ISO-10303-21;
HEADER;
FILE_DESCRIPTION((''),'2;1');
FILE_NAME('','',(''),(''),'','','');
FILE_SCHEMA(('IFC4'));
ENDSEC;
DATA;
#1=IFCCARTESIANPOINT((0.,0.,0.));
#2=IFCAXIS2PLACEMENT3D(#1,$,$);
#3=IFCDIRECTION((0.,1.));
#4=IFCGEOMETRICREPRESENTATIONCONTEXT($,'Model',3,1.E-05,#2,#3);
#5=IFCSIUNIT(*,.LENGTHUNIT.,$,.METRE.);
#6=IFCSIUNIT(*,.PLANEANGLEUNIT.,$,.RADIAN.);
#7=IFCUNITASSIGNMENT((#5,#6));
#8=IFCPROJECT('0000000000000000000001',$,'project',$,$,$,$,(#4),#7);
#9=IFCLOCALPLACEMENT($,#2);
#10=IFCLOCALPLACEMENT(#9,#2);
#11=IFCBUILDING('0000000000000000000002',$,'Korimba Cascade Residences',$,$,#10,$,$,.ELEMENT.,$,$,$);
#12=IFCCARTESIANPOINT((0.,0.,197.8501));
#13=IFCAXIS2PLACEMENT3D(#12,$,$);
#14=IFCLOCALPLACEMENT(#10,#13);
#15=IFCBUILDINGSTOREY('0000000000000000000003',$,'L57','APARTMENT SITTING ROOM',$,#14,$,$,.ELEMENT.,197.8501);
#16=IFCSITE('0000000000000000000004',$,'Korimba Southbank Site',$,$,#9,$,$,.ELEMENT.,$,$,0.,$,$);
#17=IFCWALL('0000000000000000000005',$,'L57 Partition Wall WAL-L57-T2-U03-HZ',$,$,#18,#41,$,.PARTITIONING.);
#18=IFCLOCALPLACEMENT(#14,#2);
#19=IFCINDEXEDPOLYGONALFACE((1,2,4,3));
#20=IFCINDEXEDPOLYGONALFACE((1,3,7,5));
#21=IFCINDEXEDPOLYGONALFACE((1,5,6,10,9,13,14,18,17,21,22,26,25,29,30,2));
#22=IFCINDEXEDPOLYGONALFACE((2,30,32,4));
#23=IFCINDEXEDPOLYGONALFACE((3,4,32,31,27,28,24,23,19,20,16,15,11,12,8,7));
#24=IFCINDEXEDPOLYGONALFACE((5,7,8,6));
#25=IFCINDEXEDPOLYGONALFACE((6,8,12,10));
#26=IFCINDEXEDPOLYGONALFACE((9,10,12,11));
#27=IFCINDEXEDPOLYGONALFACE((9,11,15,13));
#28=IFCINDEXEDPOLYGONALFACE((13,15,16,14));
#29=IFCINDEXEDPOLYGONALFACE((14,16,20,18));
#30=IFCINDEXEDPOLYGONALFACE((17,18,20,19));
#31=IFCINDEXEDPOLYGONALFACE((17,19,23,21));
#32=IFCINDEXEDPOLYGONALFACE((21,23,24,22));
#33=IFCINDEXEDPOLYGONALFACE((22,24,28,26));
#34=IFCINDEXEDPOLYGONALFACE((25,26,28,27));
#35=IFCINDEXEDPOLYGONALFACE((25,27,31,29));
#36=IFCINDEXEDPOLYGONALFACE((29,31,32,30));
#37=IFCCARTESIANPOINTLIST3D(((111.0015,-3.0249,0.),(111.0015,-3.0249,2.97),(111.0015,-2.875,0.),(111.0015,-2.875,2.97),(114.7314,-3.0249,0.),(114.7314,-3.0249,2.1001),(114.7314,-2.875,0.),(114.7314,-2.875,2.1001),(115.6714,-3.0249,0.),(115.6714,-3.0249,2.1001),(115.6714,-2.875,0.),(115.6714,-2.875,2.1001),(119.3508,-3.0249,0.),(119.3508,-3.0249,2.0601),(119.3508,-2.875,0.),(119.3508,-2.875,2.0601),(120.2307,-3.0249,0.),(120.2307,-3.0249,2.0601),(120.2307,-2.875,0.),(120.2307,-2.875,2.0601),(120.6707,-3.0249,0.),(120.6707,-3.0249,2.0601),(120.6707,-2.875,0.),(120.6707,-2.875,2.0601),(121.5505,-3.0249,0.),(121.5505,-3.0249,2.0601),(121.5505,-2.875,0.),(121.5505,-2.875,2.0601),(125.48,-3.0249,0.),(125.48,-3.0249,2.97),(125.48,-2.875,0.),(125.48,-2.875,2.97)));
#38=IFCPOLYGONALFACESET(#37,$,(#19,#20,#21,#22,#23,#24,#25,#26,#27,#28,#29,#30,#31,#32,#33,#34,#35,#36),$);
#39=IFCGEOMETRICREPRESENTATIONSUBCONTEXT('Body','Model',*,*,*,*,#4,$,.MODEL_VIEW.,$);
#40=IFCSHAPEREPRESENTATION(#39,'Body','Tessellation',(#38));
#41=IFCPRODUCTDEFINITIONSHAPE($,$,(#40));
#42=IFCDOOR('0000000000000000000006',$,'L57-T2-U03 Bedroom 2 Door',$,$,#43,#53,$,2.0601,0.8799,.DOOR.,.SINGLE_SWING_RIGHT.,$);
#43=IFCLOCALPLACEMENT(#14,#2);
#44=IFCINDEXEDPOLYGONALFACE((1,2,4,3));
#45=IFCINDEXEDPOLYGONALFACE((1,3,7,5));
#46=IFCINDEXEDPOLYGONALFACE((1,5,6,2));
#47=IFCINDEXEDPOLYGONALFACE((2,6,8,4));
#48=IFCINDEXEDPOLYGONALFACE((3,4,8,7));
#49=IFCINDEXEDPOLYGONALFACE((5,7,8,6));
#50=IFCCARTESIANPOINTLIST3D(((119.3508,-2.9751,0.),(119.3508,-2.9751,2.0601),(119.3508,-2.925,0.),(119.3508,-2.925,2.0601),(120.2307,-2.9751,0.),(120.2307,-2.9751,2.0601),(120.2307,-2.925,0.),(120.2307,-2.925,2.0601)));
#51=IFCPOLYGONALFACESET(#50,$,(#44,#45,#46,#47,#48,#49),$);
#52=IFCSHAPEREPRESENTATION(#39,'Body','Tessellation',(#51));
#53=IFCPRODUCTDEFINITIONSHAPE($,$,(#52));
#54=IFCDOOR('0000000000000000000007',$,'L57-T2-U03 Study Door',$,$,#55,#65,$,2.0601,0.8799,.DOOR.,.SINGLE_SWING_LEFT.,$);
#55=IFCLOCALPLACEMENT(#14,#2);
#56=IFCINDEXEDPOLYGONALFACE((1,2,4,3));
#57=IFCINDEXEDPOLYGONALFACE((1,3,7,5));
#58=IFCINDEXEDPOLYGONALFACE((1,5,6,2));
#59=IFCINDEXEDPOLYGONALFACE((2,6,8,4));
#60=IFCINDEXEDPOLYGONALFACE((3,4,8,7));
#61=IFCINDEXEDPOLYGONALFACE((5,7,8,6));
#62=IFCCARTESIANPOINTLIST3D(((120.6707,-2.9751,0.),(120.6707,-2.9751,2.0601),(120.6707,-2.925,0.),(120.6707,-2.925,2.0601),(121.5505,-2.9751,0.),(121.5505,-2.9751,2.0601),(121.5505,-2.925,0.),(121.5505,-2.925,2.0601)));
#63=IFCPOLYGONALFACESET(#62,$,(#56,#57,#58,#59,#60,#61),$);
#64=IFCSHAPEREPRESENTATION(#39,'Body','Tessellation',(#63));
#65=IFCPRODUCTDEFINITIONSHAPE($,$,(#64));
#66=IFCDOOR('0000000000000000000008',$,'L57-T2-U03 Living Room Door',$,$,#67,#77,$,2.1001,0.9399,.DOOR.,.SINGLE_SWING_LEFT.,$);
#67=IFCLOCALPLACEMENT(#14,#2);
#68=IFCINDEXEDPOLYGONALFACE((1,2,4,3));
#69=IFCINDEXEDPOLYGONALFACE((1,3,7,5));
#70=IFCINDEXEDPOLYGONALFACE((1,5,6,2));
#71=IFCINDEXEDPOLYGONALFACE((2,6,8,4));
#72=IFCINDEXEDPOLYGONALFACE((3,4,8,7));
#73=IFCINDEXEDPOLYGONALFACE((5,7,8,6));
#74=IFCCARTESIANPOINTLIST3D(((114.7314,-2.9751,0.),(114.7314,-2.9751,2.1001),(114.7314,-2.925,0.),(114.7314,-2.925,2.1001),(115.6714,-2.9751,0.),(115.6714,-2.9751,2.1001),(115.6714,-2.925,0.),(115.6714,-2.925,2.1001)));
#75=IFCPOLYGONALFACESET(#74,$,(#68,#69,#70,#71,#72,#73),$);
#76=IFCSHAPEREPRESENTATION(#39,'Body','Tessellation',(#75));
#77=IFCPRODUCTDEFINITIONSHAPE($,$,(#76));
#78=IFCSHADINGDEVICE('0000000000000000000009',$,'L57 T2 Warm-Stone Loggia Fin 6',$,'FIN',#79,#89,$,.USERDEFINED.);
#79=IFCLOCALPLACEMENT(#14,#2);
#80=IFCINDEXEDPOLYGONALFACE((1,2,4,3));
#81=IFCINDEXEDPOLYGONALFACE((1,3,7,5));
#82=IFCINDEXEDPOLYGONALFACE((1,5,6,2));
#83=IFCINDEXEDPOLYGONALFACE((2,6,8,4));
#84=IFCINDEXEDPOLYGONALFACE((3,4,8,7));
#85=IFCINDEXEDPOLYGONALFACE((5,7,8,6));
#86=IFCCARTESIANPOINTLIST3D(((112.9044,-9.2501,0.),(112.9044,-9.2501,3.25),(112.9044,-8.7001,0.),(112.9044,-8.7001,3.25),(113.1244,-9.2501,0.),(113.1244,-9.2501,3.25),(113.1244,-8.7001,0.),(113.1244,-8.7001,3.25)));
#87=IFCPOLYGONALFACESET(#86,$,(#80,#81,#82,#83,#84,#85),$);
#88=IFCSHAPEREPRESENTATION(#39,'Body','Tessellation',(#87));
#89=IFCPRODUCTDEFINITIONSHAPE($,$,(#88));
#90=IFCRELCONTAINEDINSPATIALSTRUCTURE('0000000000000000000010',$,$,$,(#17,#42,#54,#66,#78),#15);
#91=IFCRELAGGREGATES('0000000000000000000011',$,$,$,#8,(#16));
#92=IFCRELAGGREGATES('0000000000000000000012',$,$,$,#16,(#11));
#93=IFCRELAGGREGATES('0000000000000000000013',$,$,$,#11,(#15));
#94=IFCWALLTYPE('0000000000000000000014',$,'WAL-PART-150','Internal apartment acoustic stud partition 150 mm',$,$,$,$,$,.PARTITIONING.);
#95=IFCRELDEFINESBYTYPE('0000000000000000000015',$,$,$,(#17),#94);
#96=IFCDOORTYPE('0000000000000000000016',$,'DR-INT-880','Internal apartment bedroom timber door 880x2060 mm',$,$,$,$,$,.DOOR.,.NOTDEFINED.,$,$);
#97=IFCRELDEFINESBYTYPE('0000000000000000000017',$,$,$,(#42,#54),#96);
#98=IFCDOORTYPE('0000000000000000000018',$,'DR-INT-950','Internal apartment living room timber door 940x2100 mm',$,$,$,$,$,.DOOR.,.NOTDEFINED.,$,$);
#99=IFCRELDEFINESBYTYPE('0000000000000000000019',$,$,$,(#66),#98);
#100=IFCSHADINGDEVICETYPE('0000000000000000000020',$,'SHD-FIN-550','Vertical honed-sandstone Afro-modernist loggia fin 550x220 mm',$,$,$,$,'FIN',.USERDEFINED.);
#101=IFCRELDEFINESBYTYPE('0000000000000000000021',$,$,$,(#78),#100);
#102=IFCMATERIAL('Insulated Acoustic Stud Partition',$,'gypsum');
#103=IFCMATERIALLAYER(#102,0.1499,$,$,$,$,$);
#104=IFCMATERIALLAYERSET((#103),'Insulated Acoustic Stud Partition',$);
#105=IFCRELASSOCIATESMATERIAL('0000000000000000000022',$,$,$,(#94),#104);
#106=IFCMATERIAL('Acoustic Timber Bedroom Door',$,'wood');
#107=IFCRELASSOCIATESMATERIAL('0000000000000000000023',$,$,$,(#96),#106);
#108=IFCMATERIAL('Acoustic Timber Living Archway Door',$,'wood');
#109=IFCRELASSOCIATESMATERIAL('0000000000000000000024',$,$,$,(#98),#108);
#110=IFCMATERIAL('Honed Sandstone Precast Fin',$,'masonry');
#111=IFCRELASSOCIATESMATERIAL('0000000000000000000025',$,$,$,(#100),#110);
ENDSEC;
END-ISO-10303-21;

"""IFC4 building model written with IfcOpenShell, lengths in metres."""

from ifc_helpers import new_model, si_unit, direction, frame, frame_2d, origin, origin_2d, place, context, subcontext, project, spatial, rectangle, extrude, material, layer, layer_set, type_object, element, fill, save


model = new_model("IFC4")

# Units and contexts
model_context = context("Model", 3, precision=1e-05, world=origin(), true_north=direction((0.0, 1.0)))
body_context = subcontext(model_context, "Body", "Model", "MODEL_VIEW")
ifc_project = project(units=[si_unit("LENGTHUNIT", "METRE"), si_unit("PLANEANGLEUNIT", "RADIAN")], contexts=[model_context])

# Site, building, storey
site_placement = place(None, origin())
site = spatial("IfcSite", under=ifc_project, at=site_placement, Name="Korimba Southbank Site", CompositionType="ELEMENT", RefElevation=0.0)
building_placement = place(site_placement, origin())
building = spatial("IfcBuilding", under=site, at=building_placement, Name="Korimba Cascade Residences", CompositionType="ELEMENT")
storey_placement = place(building_placement, frame((0.0, 0.0, 197.8501)))
storey = spatial("IfcBuildingStorey", under=building, at=storey_placement, Name="L57", Description="APARTMENT SITTING ROOM", CompositionType="ELEMENT", Elevation=197.8501)

# Shared definitions
ifc_material_1 = material(Name="Insulated Acoustic Stud Partition", Category="gypsum")
ifc_layer_1 = layer(ifc_material_1, 0.1499)
ifc_layer_set_1 = layer_set([ifc_layer_1], Name="Insulated Acoustic Stud Partition")
wall_type_1 = type_object("IfcWallType", Name="WAL-PART-150", Description="Internal apartment acoustic stud partition 150 mm", PredefinedType="PARTITIONING", material=ifc_layer_set_1)
ifc_material_2 = material(Name="Acoustic Timber Bedroom Door", Category="wood")
door_type_1 = type_object("IfcDoorType", Name="DR-INT-880", Description="Internal apartment bedroom timber door 880x2060 mm", OperationType="NOTDEFINED", PredefinedType="DOOR", material=ifc_material_2)

# Wall, openings, doors
wall_1_placement = place(storey_placement, frame((111.0015, -2.95, 0.0), z_axis=(0.0, 0.0, 1.0), x_axis=(1.0, 0.0, 0.0)))
wall_1 = element("IfcWall", 1, at=wall_1_placement, inside=storey, type_object=wall_type_1, Name="L57 Partition Wall WAL-L57-T2-U03-HZ", PredefinedType="PARTITIONING", context=body_context, shape_type="SweptSolid", body=[
    extrude(rectangle(XDim=14.4785, YDim=0.1499, at=frame_2d((7.2393, 0.0))), origin(), (0.0, 0.0, 1.0), 2.97),
])
opening_1_placement = place(wall_1_placement, frame((3.73, 0.0, 0.0)))
opening_1 = element("IfcOpeningElement", 2, at=opening_1_placement, cuts=wall_1, PredefinedType="OPENING", context=body_context, shape_type="SweptSolid", body=[
    extrude(rectangle(XDim=0.9399, YDim=2.1001, at=frame_2d((0.47, 1.05))), frame((0.0, 0.085, 0.0), z_axis=(0.0, -1.0, 0.0), x_axis=(1.0, 0.0, 0.0)), (0.0, 0.0, 1.0), 0.1699),
])
opening_2_placement = place(wall_1_placement, frame((8.3494, 0.0, 0.0)))
opening_2 = element("IfcOpeningElement", 3, at=opening_2_placement, cuts=wall_1, PredefinedType="OPENING", context=body_context, shape_type="SweptSolid", body=[
    extrude(rectangle(XDim=0.8799, YDim=2.0601, at=frame_2d((0.4399, 1.03))), frame((0.0, 0.085, 0.0), z_axis=(0.0, -1.0, 0.0), x_axis=(1.0, 0.0, 0.0)), (0.0, 0.0, 1.0), 0.1699),
])
opening_3_placement = place(wall_1_placement, frame((9.6692, 0.0, 0.0)))
opening_3 = element("IfcOpeningElement", 4, at=opening_3_placement, cuts=wall_1, PredefinedType="OPENING", context=body_context, shape_type="SweptSolid", body=[
    extrude(rectangle(XDim=0.8799, YDim=2.0601, at=frame_2d((0.4399, 1.03))), frame((0.0, 0.085, 0.0), z_axis=(0.0, -1.0, 0.0), x_axis=(1.0, 0.0, 0.0)), (0.0, 0.0, 1.0), 0.1699),
])
door_1_placement = place(opening_2_placement, origin())
door_1 = element("IfcDoor", 5, at=door_1_placement, inside=storey, type_object=door_type_1, Name="L57-T2-U03 Bedroom 2 Door", OperationType="SINGLE_SWING_RIGHT", OverallHeight=2.0601, OverallWidth=0.8799, PredefinedType="DOOR", context=body_context, shape_type="SweptSolid", body=[
    extrude(rectangle(XDim=0.8799, YDim=2.0601, at=frame_2d((0.4399, 1.03))), frame((0.0, 0.0249, 0.0), z_axis=(0.0, -1.0, 0.0), x_axis=(1.0, 0.0, 0.0)), (0.0, 0.0, 1.0), 0.05),
])
fill(opening_2, door_1)
door_2_placement = place(opening_3_placement, origin())
door_2 = element("IfcDoor", 6, at=door_2_placement, inside=storey, type_object=door_type_1, Name="L57-T2-U03 Study Door", OperationType="SINGLE_SWING_LEFT", OverallHeight=2.0601, OverallWidth=0.8799, PredefinedType="DOOR", context=body_context, shape_type="SweptSolid", body=[
    extrude(rectangle(XDim=0.8799, YDim=2.0601, at=frame_2d((0.4399, 1.03))), frame((0.0, 0.0249, 0.0), z_axis=(0.0, -1.0, 0.0), x_axis=(1.0, 0.0, 0.0)), (0.0, 0.0, 1.0), 0.05),
])
fill(opening_3, door_2)
ifc_material_3 = material(Name="Acoustic Timber Living Archway Door", Category="wood")
door_type_2 = type_object("IfcDoorType", Name="DR-INT-950", Description="Internal apartment living room timber door 940x2100 mm", OperationType="NOTDEFINED", PredefinedType="DOOR", material=ifc_material_3)
door_3_placement = place(opening_1_placement, origin())
door_3 = element("IfcDoor", 7, at=door_3_placement, inside=storey, type_object=door_type_2, Name="L57-T2-U03 Living Room Door", OperationType="SINGLE_SWING_LEFT", OverallHeight=2.1001, OverallWidth=0.9399, PredefinedType="DOOR", context=body_context, shape_type="SweptSolid", body=[
    extrude(rectangle(XDim=0.9399, YDim=2.1001, at=frame_2d((0.47, 1.05))), frame((0.0, 0.0249, 0.0), z_axis=(0.0, -1.0, 0.0), x_axis=(1.0, 0.0, 0.0)), (0.0, 0.0, 1.0), 0.05),
])
fill(opening_1, door_3)

# Shading device
ifc_material_4 = material(Name="Honed Sandstone Precast Fin", Category="masonry")
shading_device_type = type_object("IfcShadingDeviceType", Name="SHD-FIN-550", Description="Vertical honed-sandstone Afro-modernist loggia fin 550x220 mm", ElementType="FIN", PredefinedType="USERDEFINED", material=ifc_material_4)
shading_device_placement = place(storey_placement, frame((113.0144, -8.9751, 0.0), z_axis=(0.0, 0.0, 1.0), x_axis=(1.0, 0.0, 0.0)))
element("IfcShadingDevice", 8, at=shading_device_placement, inside=storey, type_object=shading_device_type, Name="L57 T2 Warm-Stone Loggia Fin 6", ObjectType="FIN", PredefinedType="USERDEFINED", context=body_context, shape_type="SweptSolid", body=[
    extrude(rectangle(XDim=0.22, YDim=0.55, at=origin_2d()), origin(), (0.0, 0.0, 1.0), 3.25),
])

save(model, "model.ifc")
